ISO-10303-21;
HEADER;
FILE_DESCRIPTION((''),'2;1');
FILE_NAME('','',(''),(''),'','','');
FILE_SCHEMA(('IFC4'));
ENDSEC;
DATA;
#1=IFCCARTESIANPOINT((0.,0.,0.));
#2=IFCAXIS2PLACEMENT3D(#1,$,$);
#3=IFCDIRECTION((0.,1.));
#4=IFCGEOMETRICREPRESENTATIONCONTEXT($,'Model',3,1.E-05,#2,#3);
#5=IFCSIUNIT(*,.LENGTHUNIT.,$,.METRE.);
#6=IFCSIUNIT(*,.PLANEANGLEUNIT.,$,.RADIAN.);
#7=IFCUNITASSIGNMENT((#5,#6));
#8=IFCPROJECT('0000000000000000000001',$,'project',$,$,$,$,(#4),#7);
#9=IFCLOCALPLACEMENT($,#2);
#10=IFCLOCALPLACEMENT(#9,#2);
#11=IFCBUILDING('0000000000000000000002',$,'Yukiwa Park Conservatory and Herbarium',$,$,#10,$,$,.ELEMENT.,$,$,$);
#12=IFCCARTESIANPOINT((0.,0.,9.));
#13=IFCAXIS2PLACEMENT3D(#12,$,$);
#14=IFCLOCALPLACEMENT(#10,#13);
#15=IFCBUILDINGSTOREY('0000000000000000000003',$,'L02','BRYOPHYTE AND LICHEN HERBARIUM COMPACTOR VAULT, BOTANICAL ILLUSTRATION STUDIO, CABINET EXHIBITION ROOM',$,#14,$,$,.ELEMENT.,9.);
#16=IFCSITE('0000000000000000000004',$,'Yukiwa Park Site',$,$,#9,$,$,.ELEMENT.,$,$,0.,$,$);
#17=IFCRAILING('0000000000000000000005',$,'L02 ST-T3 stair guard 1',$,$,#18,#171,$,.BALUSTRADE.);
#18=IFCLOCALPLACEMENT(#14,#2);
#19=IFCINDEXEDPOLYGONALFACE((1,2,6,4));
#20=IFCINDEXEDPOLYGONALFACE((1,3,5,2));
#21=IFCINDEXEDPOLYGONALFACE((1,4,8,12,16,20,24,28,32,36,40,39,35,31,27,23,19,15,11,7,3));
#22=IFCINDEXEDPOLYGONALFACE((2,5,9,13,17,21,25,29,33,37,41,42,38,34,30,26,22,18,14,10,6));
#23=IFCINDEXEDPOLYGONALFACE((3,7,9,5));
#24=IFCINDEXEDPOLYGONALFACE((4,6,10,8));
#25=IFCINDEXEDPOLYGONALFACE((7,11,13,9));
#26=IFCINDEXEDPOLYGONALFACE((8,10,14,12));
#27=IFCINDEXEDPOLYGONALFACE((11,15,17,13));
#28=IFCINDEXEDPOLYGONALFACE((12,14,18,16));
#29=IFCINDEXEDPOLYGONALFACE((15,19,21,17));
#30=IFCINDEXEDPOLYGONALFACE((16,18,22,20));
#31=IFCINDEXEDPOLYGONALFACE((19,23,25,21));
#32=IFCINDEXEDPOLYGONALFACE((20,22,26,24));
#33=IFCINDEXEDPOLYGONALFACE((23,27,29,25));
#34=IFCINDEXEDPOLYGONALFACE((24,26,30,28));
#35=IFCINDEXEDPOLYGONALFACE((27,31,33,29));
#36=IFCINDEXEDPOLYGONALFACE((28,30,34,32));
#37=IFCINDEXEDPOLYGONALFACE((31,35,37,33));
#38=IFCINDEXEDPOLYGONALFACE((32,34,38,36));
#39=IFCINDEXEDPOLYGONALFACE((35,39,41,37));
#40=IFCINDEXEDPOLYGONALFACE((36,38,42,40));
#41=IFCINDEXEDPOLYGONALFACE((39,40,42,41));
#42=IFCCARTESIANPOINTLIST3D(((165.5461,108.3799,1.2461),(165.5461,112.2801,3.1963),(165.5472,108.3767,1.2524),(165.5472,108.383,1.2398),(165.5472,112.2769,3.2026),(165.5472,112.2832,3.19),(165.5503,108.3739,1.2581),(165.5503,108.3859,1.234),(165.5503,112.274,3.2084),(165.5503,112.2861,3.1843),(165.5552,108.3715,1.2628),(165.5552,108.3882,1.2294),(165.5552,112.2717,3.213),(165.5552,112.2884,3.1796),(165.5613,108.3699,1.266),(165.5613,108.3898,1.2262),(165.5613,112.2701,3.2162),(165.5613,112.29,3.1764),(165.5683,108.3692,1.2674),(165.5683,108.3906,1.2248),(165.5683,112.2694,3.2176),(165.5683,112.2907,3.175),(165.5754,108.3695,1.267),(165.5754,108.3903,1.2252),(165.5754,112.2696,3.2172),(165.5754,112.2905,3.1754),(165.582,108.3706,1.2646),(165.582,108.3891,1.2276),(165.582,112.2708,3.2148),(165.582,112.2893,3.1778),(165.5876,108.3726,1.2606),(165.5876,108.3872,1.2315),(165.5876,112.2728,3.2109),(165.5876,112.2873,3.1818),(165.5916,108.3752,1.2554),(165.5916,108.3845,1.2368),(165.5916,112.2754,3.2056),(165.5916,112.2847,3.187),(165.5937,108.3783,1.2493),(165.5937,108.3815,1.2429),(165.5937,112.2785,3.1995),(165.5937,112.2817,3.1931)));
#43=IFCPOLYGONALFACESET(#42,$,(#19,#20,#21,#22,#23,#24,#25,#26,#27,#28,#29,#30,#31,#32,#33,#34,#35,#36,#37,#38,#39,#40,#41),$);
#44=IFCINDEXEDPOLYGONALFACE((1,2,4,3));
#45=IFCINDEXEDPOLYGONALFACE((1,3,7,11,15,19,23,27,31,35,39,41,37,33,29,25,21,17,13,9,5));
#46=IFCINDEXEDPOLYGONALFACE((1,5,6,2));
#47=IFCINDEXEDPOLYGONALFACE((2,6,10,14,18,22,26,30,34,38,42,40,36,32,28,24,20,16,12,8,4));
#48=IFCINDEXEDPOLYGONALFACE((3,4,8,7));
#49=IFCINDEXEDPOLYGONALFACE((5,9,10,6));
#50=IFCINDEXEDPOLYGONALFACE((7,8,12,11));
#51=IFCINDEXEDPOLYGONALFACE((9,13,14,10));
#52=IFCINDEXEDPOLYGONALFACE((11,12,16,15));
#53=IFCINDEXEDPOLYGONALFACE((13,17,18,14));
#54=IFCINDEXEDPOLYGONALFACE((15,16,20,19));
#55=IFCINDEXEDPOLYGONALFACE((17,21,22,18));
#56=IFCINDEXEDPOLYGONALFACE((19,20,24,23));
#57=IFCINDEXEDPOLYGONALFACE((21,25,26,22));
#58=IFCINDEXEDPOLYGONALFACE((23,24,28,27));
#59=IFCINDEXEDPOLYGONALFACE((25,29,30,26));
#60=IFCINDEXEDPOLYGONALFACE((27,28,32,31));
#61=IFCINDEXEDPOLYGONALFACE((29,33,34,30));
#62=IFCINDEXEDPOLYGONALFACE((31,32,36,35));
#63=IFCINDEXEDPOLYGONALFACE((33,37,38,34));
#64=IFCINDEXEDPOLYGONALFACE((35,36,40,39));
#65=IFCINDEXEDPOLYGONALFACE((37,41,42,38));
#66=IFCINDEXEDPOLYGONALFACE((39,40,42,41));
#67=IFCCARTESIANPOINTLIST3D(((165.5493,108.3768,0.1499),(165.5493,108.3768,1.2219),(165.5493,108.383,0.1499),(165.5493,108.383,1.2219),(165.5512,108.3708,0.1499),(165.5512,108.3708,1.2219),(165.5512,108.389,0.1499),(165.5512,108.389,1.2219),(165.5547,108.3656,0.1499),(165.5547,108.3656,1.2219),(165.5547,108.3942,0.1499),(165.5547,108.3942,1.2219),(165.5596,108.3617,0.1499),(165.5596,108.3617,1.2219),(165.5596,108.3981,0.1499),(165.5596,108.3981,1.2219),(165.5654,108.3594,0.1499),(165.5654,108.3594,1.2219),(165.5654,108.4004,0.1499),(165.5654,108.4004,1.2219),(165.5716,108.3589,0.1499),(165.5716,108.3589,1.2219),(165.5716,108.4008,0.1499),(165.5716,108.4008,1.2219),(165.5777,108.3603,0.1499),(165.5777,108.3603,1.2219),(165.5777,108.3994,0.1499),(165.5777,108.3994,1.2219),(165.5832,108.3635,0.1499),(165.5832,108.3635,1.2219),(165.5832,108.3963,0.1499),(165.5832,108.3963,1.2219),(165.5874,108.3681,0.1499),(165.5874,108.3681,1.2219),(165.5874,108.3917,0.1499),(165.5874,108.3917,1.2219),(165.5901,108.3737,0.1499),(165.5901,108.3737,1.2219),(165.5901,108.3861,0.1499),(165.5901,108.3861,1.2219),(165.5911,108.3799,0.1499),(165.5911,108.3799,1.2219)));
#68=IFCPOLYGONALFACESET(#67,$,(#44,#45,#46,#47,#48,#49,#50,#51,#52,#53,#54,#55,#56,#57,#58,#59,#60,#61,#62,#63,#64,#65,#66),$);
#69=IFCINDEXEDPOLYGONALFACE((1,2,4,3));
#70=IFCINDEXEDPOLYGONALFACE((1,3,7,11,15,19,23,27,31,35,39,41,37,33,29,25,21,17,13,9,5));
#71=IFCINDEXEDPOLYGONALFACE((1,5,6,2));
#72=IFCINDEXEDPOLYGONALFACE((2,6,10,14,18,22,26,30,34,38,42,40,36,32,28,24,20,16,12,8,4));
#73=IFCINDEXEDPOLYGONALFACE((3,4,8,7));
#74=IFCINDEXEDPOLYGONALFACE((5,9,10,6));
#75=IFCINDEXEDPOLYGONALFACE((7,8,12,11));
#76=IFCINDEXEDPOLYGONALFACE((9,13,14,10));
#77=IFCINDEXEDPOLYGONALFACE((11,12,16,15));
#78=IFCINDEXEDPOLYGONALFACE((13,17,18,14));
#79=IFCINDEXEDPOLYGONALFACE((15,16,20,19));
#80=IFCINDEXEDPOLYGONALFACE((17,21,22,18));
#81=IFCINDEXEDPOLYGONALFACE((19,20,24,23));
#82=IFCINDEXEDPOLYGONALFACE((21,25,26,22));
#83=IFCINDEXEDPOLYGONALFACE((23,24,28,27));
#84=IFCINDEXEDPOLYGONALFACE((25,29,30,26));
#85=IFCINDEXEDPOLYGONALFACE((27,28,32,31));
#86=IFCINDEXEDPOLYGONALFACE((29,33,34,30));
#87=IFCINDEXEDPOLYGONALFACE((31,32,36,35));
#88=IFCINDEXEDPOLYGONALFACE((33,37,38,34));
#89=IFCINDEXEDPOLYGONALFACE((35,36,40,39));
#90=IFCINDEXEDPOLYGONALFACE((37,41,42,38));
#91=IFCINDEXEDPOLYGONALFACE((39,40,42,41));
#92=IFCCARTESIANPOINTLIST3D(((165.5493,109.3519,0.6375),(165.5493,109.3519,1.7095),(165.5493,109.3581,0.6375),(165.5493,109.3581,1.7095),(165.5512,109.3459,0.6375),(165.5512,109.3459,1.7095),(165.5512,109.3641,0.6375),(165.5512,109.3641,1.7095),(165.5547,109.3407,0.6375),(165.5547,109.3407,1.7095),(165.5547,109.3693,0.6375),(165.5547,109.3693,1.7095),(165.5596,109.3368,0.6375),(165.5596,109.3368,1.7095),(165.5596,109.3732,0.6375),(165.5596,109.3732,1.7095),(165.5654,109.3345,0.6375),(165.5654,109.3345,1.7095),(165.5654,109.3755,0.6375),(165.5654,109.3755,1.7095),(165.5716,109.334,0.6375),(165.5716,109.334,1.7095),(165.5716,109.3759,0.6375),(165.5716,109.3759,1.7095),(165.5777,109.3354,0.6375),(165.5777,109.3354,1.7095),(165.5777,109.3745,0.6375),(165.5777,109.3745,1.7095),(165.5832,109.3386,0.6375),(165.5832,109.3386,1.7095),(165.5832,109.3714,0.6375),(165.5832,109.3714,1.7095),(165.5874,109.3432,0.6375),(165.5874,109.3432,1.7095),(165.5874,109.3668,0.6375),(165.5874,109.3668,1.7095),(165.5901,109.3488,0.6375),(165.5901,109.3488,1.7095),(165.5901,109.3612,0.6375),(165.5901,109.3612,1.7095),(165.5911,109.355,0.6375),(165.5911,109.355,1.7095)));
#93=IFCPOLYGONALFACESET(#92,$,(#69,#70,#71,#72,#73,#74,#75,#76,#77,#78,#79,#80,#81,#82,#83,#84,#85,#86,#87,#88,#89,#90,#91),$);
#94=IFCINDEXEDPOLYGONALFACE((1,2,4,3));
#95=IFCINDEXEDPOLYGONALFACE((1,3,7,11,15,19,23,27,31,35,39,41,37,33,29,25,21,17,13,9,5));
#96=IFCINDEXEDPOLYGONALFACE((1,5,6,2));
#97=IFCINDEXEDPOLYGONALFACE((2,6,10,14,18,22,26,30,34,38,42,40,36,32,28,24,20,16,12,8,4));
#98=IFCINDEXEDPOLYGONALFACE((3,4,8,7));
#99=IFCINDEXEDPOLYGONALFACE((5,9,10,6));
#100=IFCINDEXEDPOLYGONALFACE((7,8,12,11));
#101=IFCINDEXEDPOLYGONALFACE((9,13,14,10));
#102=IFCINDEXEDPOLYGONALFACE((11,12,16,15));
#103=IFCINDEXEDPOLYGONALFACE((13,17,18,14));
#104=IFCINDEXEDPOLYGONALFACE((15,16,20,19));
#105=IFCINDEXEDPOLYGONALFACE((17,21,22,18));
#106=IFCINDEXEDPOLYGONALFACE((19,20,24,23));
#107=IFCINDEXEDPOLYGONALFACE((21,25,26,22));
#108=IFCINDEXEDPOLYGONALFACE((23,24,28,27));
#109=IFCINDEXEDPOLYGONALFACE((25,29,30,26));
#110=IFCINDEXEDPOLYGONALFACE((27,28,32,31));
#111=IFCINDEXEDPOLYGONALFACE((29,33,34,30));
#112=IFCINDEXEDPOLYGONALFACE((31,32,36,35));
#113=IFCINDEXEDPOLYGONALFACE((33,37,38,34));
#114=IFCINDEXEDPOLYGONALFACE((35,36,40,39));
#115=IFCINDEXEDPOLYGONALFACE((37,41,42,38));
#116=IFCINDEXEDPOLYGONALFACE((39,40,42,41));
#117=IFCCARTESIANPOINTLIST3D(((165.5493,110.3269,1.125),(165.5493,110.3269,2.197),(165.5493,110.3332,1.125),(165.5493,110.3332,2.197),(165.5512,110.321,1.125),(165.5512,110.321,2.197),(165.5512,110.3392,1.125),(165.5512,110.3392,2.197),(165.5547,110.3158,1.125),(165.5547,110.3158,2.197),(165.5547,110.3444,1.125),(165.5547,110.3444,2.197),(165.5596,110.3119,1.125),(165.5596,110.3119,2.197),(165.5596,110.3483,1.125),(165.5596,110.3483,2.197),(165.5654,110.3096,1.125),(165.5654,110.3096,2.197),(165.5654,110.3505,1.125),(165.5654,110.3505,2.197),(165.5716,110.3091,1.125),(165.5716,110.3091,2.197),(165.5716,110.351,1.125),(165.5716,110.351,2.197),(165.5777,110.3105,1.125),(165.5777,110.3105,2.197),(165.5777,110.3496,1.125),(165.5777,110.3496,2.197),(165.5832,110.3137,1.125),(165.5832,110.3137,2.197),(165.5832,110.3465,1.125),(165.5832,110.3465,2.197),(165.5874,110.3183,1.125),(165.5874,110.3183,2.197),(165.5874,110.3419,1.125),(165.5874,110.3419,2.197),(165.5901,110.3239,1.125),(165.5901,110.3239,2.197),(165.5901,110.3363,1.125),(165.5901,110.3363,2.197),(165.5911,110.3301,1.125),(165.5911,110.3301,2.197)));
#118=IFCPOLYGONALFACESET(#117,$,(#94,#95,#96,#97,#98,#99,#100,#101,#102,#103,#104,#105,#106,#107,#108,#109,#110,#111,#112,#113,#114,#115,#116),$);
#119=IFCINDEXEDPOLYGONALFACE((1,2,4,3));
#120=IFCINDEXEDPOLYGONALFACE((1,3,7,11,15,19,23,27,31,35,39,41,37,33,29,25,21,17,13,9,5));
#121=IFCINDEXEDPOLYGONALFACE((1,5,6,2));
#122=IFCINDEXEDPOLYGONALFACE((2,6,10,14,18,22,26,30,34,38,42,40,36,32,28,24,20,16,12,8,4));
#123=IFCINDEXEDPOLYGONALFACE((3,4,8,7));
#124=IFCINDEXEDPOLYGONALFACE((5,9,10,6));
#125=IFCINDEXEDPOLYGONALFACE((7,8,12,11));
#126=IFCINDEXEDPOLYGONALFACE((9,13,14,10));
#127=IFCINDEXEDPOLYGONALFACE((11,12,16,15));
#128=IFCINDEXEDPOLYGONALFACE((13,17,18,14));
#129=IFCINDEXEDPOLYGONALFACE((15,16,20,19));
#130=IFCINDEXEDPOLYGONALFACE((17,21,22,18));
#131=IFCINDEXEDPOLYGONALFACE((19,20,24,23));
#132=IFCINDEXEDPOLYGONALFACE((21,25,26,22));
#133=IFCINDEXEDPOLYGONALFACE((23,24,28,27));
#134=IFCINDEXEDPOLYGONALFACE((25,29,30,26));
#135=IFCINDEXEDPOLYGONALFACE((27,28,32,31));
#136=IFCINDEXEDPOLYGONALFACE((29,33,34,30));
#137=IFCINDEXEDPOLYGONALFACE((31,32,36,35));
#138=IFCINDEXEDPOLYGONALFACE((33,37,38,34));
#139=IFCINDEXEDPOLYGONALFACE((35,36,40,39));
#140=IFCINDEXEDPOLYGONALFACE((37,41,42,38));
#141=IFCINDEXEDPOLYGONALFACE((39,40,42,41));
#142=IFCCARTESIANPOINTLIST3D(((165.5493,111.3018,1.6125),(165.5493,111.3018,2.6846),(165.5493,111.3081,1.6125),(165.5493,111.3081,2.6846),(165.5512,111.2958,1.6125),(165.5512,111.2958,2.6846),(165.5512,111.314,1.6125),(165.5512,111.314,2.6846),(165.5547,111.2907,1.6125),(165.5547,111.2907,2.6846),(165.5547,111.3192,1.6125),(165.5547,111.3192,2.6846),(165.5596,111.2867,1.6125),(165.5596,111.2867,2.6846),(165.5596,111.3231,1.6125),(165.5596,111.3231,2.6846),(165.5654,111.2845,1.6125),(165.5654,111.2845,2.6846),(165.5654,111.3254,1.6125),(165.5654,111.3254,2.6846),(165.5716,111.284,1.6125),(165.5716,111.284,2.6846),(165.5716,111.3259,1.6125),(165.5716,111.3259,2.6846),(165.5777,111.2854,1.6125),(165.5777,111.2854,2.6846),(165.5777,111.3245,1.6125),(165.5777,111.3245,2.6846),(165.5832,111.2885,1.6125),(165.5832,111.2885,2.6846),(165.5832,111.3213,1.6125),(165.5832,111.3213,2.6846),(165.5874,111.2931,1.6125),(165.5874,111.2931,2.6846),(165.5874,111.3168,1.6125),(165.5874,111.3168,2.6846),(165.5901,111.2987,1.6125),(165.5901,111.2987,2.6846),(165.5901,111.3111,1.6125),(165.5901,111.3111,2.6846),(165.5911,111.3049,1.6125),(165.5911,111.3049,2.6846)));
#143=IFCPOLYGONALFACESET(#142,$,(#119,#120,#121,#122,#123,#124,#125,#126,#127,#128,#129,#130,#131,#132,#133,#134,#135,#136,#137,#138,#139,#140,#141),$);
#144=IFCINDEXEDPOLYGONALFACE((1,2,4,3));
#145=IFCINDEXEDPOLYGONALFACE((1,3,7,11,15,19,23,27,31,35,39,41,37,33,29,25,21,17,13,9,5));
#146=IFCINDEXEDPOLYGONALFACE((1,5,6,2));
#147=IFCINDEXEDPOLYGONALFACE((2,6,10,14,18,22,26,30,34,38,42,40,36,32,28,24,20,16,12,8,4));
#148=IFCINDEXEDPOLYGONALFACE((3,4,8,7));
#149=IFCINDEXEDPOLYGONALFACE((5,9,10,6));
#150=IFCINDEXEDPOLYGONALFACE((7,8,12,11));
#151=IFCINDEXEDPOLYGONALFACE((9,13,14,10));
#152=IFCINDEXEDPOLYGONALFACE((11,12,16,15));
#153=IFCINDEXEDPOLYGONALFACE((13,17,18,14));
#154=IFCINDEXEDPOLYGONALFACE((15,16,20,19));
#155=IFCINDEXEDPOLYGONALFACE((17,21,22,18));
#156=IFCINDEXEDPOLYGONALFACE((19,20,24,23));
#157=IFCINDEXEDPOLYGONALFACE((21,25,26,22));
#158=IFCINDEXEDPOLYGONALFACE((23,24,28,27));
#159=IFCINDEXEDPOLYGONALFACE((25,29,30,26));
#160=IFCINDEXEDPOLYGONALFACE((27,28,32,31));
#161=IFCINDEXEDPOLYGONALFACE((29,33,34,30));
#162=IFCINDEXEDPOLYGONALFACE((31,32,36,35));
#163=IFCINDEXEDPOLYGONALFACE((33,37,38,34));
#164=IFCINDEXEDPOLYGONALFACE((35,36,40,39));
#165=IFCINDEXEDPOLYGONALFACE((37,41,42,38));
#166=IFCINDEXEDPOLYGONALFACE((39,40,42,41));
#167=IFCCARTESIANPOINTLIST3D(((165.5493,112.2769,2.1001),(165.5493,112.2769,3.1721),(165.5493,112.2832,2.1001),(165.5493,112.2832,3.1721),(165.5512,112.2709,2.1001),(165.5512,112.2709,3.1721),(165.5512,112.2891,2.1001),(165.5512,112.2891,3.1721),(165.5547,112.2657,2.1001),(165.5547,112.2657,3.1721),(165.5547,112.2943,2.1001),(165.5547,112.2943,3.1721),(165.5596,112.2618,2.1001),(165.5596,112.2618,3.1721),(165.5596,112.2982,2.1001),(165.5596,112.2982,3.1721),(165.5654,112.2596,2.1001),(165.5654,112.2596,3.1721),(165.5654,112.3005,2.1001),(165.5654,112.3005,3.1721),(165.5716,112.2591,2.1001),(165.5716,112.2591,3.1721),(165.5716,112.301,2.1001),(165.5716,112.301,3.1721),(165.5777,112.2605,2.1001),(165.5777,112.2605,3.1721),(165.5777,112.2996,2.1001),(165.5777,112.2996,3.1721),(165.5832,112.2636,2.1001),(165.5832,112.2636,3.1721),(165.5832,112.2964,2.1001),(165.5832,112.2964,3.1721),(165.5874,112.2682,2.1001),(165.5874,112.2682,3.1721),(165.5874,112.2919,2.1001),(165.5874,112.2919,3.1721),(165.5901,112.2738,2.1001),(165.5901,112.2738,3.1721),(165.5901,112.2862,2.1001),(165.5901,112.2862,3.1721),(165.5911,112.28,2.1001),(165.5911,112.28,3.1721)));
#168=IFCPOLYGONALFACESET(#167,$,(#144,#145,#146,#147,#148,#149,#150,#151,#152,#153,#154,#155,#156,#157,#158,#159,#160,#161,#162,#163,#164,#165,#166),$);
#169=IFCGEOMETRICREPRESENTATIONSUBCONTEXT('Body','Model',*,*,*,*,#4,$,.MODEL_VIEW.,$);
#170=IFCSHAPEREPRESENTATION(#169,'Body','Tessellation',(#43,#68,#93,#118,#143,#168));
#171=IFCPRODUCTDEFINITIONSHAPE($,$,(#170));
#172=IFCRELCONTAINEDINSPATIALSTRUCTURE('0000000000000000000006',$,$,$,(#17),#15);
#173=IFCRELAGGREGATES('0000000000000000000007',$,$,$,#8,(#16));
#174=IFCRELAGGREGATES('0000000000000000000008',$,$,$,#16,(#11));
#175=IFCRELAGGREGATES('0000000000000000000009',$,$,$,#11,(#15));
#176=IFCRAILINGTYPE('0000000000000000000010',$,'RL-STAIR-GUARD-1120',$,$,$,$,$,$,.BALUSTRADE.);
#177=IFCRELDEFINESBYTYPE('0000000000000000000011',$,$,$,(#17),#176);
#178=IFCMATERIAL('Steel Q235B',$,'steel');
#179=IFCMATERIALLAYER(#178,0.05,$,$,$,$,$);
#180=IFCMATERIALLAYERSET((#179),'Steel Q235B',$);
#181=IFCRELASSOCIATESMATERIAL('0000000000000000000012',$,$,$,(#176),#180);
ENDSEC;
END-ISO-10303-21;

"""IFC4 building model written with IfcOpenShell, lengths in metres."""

from ifc_helpers import new_model, si_unit, direction, frame, origin, origin_2d, place, context, subcontext, project, spatial, circle, extrude, material, layer, layer_set, type_object, element, save


model = new_model("IFC4")

# Units and contexts
model_context = context("Model", 3, precision=1e-05, world=origin(), true_north=direction((0.0, 1.0)))
body_context = subcontext(model_context, "Body", "Model", "MODEL_VIEW")
ifc_project = project(units=[si_unit("LENGTHUNIT", "METRE"), si_unit("PLANEANGLEUNIT", "RADIAN")], contexts=[model_context])

# Site, building, storey
site_placement = place(None, origin())
site = spatial("IfcSite", under=ifc_project, at=site_placement, Name="Yukiwa Park Site", CompositionType="ELEMENT", RefElevation=0.0)
building_placement = place(site_placement, origin())
building = spatial("IfcBuilding", under=site, at=building_placement, Name="Yukiwa Park Conservatory and Herbarium", CompositionType="ELEMENT")
storey_placement = place(building_placement, frame((0.0, 0.0, 9.0)))
storey = spatial("IfcBuildingStorey", under=building, at=storey_placement, Name="L02", Description="BRYOPHYTE AND LICHEN HERBARIUM COMPACTOR VAULT, BOTANICAL ILLUSTRATION STUDIO, CABINET EXHIBITION ROOM", CompositionType="ELEMENT", Elevation=9.0)

# Railing
ifc_material_1 = material(Name="Steel Q235B", Category="steel")
ifc_layer_1 = layer(ifc_material_1, 0.05)
ifc_layer_set_1 = layer_set([ifc_layer_1], Name="Steel Q235B")
railing_type_1 = type_object("IfcRailingType", Name="RL-STAIR-GUARD-1120", PredefinedType="BALUSTRADE", material=ifc_layer_set_1)
railing_1_placement = place(storey_placement, frame((165.5701, 108.3799, 0.1499)))
element("IfcRailing", 1, at=railing_1_placement, inside=storey, type_object=railing_type_1, Name="L02 ST-T3 stair guard 1", PredefinedType="BALUSTRADE", context=body_context, shape_type="SweptSolid", body=[
    extrude(circle(Radius=0.0239, at=origin_2d()), frame((0.0, 0.0, 1.0962), z_axis=(0.0, 0.894416, 0.447236), x_axis=(-1.0, 0.0, 0.0)), (0.0, 0.0, 1.0), 4.3606),
    extrude(circle(Radius=0.021, at=origin_2d()), origin(), (0.0, 0.0, 1.0), 1.072),
    extrude(circle(Radius=0.021, at=origin_2d()), frame((0.0, 0.9751, 0.4875)), (0.0, 0.0, 1.0), 1.072),
    extrude(circle(Radius=0.021, at=origin_2d()), frame((0.0, 1.9502, 0.9751)), (0.0, 0.0, 1.0), 1.072),
    extrude(circle(Radius=0.021, at=origin_2d()), frame((0.0, 2.925, 1.4626)), (0.0, 0.0, 1.0), 1.072),
    extrude(circle(Radius=0.021, at=origin_2d()), frame((0.0, 3.9001, 1.9502)), (0.0, 0.0, 1.0), 1.072),
])

save(model, "model.ifc")
